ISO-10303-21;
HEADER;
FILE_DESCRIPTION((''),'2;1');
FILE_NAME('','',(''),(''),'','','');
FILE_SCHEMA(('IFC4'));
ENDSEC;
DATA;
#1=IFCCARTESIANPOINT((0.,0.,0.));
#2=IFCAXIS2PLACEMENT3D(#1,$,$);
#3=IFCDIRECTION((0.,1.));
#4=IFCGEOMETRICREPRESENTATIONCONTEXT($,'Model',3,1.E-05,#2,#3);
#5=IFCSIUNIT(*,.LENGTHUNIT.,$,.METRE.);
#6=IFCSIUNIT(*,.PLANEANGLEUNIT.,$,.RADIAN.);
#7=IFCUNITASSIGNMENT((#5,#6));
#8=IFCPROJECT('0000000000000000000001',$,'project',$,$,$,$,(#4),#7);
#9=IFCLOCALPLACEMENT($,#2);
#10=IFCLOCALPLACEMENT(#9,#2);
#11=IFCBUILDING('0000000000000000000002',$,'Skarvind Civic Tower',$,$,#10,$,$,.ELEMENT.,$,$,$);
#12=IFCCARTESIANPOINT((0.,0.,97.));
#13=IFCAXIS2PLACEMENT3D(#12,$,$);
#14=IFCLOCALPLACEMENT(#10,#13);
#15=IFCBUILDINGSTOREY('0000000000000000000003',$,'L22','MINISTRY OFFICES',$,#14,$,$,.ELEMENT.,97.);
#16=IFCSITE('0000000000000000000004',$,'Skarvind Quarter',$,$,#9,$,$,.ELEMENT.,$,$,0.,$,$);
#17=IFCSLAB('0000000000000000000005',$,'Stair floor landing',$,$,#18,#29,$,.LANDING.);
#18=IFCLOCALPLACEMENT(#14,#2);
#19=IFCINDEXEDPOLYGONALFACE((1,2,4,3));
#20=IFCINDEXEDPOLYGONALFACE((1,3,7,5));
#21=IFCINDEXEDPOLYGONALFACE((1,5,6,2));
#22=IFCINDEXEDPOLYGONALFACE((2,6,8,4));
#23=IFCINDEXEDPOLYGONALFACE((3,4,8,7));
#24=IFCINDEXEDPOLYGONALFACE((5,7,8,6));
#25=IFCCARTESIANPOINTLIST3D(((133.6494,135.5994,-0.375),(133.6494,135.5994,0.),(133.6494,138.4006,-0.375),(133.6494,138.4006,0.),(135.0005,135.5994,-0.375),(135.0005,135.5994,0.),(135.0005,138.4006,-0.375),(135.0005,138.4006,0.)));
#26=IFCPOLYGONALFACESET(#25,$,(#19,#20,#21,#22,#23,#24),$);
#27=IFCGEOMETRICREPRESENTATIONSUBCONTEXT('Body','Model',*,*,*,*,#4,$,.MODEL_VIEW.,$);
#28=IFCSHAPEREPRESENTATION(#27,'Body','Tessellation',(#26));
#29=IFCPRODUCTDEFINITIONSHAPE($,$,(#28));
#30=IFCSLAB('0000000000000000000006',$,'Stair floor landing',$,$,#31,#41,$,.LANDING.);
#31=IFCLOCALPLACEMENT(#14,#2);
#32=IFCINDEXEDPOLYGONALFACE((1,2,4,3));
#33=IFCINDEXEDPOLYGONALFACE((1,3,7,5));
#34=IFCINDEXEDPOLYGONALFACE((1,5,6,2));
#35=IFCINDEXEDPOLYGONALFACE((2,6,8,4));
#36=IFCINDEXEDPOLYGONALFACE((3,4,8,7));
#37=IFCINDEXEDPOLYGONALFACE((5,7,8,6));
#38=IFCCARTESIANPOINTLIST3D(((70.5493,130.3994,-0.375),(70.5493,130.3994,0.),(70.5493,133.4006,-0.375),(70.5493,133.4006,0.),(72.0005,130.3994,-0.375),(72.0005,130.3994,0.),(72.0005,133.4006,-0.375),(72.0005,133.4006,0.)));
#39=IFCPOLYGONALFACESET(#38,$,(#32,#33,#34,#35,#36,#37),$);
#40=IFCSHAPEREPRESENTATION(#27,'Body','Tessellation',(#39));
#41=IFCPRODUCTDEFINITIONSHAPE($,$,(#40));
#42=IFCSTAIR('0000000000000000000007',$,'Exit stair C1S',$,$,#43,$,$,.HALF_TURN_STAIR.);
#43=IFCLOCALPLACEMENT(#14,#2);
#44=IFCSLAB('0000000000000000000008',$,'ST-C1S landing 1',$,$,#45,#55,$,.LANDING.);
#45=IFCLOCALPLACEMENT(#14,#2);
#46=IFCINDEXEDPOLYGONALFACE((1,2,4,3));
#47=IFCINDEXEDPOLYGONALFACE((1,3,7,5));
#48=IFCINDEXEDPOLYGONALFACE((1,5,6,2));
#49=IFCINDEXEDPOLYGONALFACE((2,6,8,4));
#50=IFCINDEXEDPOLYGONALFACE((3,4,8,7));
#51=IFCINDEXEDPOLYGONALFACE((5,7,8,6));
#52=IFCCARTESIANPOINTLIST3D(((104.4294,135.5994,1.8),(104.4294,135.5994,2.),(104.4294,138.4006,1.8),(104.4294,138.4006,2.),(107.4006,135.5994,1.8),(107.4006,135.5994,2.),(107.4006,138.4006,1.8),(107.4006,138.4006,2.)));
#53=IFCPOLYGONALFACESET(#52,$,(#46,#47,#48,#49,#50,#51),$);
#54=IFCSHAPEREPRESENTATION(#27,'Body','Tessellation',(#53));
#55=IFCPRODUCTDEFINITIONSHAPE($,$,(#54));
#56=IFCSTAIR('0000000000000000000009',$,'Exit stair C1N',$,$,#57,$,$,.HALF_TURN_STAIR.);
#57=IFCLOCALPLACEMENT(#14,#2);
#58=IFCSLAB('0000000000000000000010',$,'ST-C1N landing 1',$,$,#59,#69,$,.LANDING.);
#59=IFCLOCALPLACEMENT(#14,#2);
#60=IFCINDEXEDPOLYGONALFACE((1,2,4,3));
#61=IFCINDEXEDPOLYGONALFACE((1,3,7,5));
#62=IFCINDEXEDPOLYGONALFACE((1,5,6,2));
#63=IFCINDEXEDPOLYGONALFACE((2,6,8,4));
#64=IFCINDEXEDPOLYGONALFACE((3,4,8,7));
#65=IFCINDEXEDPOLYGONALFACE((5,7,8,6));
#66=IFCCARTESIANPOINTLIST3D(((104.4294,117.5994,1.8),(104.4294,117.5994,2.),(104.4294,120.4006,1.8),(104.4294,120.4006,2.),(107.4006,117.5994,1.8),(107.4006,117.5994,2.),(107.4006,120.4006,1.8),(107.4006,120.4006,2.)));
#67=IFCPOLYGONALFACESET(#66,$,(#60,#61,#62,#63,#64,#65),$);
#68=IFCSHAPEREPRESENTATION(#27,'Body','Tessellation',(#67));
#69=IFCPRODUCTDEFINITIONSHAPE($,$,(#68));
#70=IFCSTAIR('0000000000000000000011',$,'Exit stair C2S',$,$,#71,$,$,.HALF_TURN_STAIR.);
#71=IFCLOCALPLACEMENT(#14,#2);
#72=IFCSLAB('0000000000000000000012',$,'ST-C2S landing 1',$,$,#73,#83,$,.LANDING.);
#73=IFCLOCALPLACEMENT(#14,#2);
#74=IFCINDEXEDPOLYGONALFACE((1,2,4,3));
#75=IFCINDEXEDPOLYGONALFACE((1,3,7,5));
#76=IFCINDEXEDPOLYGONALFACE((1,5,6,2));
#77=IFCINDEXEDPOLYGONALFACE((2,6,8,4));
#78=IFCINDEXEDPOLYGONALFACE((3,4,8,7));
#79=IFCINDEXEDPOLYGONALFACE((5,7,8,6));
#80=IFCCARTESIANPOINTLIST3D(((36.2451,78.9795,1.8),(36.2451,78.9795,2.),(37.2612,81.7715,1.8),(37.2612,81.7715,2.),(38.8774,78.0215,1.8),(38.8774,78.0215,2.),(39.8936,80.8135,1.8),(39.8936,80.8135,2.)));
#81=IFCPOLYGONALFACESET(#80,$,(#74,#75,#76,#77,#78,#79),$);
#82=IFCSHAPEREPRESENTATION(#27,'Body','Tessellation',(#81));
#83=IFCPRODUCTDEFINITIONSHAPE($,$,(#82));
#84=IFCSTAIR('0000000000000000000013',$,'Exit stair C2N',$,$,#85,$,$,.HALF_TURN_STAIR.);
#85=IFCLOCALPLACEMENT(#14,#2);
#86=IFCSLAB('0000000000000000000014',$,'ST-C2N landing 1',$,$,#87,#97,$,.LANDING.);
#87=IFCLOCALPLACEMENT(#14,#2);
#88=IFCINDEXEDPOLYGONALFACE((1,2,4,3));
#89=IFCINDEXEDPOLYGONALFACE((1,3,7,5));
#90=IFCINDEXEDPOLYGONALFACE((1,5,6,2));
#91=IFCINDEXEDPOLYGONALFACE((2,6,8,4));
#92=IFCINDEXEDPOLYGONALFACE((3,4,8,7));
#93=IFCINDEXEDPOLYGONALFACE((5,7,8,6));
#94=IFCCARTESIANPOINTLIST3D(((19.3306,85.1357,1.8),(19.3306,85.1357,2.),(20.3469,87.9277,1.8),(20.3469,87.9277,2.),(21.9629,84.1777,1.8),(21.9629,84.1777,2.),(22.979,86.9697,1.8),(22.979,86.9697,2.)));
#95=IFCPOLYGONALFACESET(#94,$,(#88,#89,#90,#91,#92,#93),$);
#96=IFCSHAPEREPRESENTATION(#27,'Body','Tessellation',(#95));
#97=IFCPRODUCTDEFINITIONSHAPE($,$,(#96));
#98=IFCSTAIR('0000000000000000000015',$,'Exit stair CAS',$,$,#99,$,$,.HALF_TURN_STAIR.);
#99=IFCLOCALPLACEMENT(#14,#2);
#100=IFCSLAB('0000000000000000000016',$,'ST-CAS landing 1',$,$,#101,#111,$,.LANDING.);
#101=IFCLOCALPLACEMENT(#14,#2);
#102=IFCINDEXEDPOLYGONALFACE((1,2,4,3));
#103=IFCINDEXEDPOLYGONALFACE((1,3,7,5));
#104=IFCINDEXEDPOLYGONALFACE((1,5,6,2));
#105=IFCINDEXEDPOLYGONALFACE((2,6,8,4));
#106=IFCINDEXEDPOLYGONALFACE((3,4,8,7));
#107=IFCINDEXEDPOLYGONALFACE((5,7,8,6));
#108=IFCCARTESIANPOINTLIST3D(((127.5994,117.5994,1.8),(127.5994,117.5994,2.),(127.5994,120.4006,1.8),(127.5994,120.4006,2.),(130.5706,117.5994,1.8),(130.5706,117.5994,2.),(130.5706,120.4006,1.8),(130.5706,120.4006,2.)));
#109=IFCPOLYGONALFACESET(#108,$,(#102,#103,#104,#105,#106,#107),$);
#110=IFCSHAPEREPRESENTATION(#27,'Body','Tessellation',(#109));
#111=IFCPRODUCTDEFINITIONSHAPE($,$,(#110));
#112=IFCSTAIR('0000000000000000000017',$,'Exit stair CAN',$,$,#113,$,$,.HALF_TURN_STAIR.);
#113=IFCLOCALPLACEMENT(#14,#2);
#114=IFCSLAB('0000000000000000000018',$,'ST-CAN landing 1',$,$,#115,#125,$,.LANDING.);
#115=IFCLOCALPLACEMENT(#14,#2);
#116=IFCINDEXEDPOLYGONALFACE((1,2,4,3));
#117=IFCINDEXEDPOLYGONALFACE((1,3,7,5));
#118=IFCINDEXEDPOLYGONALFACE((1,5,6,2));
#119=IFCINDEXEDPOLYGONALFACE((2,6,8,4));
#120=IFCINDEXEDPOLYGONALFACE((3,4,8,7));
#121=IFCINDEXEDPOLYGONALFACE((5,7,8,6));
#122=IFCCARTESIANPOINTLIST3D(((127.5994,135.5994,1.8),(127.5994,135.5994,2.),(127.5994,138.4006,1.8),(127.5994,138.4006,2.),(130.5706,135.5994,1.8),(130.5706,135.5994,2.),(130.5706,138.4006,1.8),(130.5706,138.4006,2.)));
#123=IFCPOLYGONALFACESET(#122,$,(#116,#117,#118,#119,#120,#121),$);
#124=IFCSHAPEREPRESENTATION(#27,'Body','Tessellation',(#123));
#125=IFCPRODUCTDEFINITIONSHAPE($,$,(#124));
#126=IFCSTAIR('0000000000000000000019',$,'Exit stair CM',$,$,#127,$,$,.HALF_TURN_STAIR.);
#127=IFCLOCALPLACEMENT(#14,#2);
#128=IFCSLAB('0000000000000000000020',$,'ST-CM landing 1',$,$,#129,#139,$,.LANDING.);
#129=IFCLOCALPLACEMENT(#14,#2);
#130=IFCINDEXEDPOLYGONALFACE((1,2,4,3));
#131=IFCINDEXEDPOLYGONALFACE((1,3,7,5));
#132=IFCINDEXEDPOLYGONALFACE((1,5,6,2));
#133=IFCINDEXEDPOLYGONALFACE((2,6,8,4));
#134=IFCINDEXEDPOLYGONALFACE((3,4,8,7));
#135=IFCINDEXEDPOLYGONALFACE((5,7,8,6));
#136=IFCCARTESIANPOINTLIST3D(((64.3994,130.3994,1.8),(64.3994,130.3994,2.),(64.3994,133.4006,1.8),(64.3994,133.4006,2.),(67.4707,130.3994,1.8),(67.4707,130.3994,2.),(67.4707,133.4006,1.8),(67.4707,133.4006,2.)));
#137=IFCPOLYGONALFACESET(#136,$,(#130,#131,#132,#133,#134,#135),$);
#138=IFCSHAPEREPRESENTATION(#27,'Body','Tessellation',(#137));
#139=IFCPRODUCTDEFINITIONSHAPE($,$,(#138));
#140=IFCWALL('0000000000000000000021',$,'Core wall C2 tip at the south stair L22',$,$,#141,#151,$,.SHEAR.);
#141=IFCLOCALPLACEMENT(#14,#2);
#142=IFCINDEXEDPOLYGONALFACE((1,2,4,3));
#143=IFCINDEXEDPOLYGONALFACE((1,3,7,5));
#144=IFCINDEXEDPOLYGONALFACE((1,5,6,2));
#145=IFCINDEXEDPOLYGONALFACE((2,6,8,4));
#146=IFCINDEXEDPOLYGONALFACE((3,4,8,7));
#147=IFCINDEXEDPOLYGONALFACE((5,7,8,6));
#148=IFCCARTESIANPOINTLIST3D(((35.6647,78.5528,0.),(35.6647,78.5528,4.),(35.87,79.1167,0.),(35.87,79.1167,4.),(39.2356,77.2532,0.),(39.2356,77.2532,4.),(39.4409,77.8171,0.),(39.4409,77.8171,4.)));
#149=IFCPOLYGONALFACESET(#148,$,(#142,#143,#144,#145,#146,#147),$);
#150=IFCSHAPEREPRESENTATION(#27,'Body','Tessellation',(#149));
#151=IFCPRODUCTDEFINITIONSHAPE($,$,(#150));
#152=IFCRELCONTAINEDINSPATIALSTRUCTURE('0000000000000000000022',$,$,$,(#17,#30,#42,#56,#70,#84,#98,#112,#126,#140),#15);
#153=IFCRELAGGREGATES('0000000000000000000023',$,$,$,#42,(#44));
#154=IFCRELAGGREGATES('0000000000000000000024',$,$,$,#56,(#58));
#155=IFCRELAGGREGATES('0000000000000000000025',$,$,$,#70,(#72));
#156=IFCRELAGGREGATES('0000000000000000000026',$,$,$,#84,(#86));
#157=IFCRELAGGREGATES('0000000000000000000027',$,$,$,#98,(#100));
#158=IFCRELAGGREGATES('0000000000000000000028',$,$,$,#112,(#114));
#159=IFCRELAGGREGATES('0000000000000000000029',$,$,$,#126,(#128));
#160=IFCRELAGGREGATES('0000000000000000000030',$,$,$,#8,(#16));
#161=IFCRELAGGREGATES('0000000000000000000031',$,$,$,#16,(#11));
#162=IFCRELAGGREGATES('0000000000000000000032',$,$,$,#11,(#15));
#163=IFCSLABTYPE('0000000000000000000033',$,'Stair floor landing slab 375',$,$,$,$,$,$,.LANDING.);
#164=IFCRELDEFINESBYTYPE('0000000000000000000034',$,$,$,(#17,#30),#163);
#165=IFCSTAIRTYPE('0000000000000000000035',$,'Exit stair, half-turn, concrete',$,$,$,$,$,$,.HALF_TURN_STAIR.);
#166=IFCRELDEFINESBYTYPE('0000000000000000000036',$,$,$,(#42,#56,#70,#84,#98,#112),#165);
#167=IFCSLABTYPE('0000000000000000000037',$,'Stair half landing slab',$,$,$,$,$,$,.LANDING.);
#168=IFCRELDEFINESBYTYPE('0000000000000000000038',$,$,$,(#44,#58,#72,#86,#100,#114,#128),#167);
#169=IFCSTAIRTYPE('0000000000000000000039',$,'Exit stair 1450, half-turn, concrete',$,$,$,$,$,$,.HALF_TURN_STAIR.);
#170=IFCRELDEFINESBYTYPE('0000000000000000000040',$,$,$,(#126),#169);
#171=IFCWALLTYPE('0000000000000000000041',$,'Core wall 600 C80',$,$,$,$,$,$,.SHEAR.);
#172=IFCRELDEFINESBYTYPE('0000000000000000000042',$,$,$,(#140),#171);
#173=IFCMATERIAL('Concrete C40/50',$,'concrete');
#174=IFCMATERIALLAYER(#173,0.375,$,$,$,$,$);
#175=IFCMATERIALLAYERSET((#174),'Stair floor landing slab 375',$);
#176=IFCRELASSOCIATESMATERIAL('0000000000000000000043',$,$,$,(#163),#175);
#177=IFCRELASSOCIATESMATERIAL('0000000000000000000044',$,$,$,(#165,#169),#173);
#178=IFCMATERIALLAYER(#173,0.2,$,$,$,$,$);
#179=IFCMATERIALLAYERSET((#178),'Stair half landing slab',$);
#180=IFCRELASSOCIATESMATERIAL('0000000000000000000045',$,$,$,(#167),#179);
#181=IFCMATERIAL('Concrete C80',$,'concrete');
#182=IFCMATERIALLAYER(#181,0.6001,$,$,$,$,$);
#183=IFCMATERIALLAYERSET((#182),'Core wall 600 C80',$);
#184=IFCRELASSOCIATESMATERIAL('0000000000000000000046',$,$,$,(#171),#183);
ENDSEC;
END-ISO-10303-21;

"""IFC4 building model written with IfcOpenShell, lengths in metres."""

from ifc_helpers import new_model, si_unit, direction, frame, frame_2d, origin, place, context, subcontext, project, spatial, polyline, rectangle, outline, extrude, material, layer, layer_set, type_object, element, aggregate, save


model = new_model("IFC4")

# Units and contexts
model_context = context("Model", 3, precision=1e-05, world=origin(), true_north=direction((0.0, 1.0)))
body_context = subcontext(model_context, "Body", "Model", "MODEL_VIEW")
ifc_project = project(units=[si_unit("LENGTHUNIT", "METRE"), si_unit("PLANEANGLEUNIT", "RADIAN")], contexts=[model_context])

# Site, building, storey
site_placement = place(None, origin())
site = spatial("IfcSite", under=ifc_project, at=site_placement, Name="Skarvind Quarter", CompositionType="ELEMENT", RefElevation=0.0)
building_placement = place(site_placement, origin())
building = spatial("IfcBuilding", under=site, at=building_placement, Name="Skarvind Civic Tower", CompositionType="ELEMENT")
storey_placement = place(building_placement, frame((0.0, 0.0, 97.0)))
storey = spatial("IfcBuildingStorey", under=building, at=storey_placement, Name="L22", Description="MINISTRY OFFICES", CompositionType="ELEMENT", Elevation=97.0)

# Slabs
ifc_material_1 = material(Name="Concrete C40/50", Category="concrete")
ifc_layer_1 = layer(ifc_material_1, 0.375)
ifc_layer_set_1 = layer_set([ifc_layer_1], Name="Stair floor landing slab 375")
slab_type_1 = type_object("IfcSlabType", Name="Stair floor landing slab 375", PredefinedType="LANDING", material=ifc_layer_set_1)
slab_1_placement = place(storey_placement, frame((0.0, 0.0, -0.375)))
element("IfcSlab", 1, at=slab_1_placement, inside=storey, type_object=slab_type_1, Name="Stair floor landing", PredefinedType="LANDING", context=body_context, shape_type="SweptSolid", body=[
    extrude(outline(polyline([(133.6494, 135.5994), (133.6494, 138.4006), (135.0005, 138.4006), (135.0005, 135.5994), (133.6494, 135.5994)])), origin(), (0.0, 0.0, 1.0), 0.375),
])
slab_2_placement = place(storey_placement, frame((0.0, 0.0, -0.375)))
element("IfcSlab", 2, at=slab_2_placement, inside=storey, type_object=slab_type_1, Name="Stair floor landing", PredefinedType="LANDING", context=body_context, shape_type="SweptSolid", body=[
    extrude(outline(polyline([(70.5493, 130.3994), (70.5493, 133.4006), (72.0005, 133.4006), (72.0005, 130.3994), (70.5493, 130.3994)])), origin(), (0.0, 0.0, 1.0), 0.375),
])

# Stairs, slabs
stair_type_1 = type_object("IfcStairType", Name="Exit stair, half-turn, concrete", PredefinedType="HALF_TURN_STAIR", material=ifc_material_1)
stair_1_placement = place(storey_placement, origin())
stair_1 = element("IfcStair", 3, at=stair_1_placement, inside=storey, type_object=stair_type_1, Name="Exit stair C1S", PredefinedType="HALF_TURN_STAIR")
ifc_layer_2 = layer(ifc_material_1, 0.2)
ifc_layer_set_2 = layer_set([ifc_layer_2], Name="Stair half landing slab")
slab_type_2 = type_object("IfcSlabType", Name="Stair half landing slab", PredefinedType="LANDING", material=ifc_layer_set_2)
slab_3_placement = place(storey_placement, frame((0.0, 0.0, 1.8)))
slab_3 = element("IfcSlab", 4, at=slab_3_placement, type_object=slab_type_2, Name="ST-C1S landing 1", PredefinedType="LANDING", context=body_context, shape_type="SweptSolid", body=[
    extrude(outline(polyline([(104.4294, 135.5994), (104.4294, 138.4006), (107.4006, 138.4006), (107.4006, 135.5994), (104.4294, 135.5994)])), origin(), (0.0, 0.0, 1.0), 0.2),
])
aggregate(stair_1, [slab_3])
stair_2_placement = place(storey_placement, origin())
stair_2 = element("IfcStair", 5, at=stair_2_placement, inside=storey, type_object=stair_type_1, Name="Exit stair C1N", PredefinedType="HALF_TURN_STAIR")
slab_4_placement = place(storey_placement, frame((0.0, 0.0, 1.8)))
slab_4 = element("IfcSlab", 6, at=slab_4_placement, type_object=slab_type_2, Name="ST-C1N landing 1", PredefinedType="LANDING", context=body_context, shape_type="SweptSolid", body=[
    extrude(outline(polyline([(104.4294, 117.5994), (104.4294, 120.4006), (107.4006, 120.4006), (107.4006, 117.5994), (104.4294, 117.5994)])), origin(), (0.0, 0.0, 1.0), 0.2),
])
aggregate(stair_2, [slab_4])
stair_3_placement = place(storey_placement, origin())
stair_3 = element("IfcStair", 7, at=stair_3_placement, inside=storey, type_object=stair_type_1, Name="Exit stair C2S", PredefinedType="HALF_TURN_STAIR")
slab_5_placement = place(storey_placement, frame((0.0, 0.0, 1.8)))
slab_5 = element("IfcSlab", 8, at=slab_5_placement, type_object=slab_type_2, Name="ST-C2S landing 1", PredefinedType="LANDING", context=body_context, shape_type="SweptSolid", body=[
    extrude(outline(polyline([(37.2612, 81.7715), (39.8936, 80.8135), (38.8774, 78.0215), (36.2451, 78.9795), (37.2612, 81.7715)])), origin(), (0.0, 0.0, 1.0), 0.2),
])
aggregate(stair_3, [slab_5])
stair_4_placement = place(storey_placement, origin())
stair_4 = element("IfcStair", 9, at=stair_4_placement, inside=storey, type_object=stair_type_1, Name="Exit stair C2N", PredefinedType="HALF_TURN_STAIR")
slab_6_placement = place(storey_placement, frame((0.0, 0.0, 1.8)))
slab_6 = element("IfcSlab", 10, at=slab_6_placement, type_object=slab_type_2, Name="ST-C2N landing 1", PredefinedType="LANDING", context=body_context, shape_type="SweptSolid", body=[
    extrude(outline(polyline([(20.3469, 87.9277), (22.979, 86.9697), (21.9629, 84.1777), (19.3306, 85.1357), (20.3469, 87.9277)])), origin(), (0.0, 0.0, 1.0), 0.2),
])
aggregate(stair_4, [slab_6])
stair_5_placement = place(storey_placement, origin())
stair_5 = element("IfcStair", 11, at=stair_5_placement, inside=storey, type_object=stair_type_1, Name="Exit stair CAS", PredefinedType="HALF_TURN_STAIR")
slab_7_placement = place(storey_placement, frame((0.0, 0.0, 1.8)))
slab_7 = element("IfcSlab", 12, at=slab_7_placement, type_object=slab_type_2, Name="ST-CAS landing 1", PredefinedType="LANDING", context=body_context, shape_type="SweptSolid", body=[
    extrude(outline(polyline([(130.5706, 120.4006), (130.5706, 117.5994), (127.5994, 117.5994), (127.5994, 120.4006), (130.5706, 120.4006)])), origin(), (0.0, 0.0, 1.0), 0.2),
])
aggregate(stair_5, [slab_7])
stair_6_placement = place(storey_placement, origin())
stair_6 = element("IfcStair", 13, at=stair_6_placement, inside=storey, type_object=stair_type_1, Name="Exit stair CAN", PredefinedType="HALF_TURN_STAIR")
slab_8_placement = place(storey_placement, frame((0.0, 0.0, 1.8)))
slab_8 = element("IfcSlab", 14, at=slab_8_placement, type_object=slab_type_2, Name="ST-CAN landing 1", PredefinedType="LANDING", context=body_context, shape_type="SweptSolid", body=[
    extrude(outline(polyline([(130.5706, 138.4006), (130.5706, 135.5994), (127.5994, 135.5994), (127.5994, 138.4006), (130.5706, 138.4006)])), origin(), (0.0, 0.0, 1.0), 0.2),
])
aggregate(stair_6, [slab_8])
stair_type_2 = type_object("IfcStairType", Name="Exit stair 1450, half-turn, concrete", PredefinedType="HALF_TURN_STAIR", material=ifc_material_1)
stair_7_placement = place(storey_placement, origin())
stair_7 = element("IfcStair", 15, at=stair_7_placement, inside=storey, type_object=stair_type_2, Name="Exit stair CM", PredefinedType="HALF_TURN_STAIR")
slab_9_placement = place(storey_placement, frame((0.0, 0.0, 1.8)))
slab_9 = element("IfcSlab", 16, at=slab_9_placement, type_object=slab_type_2, Name="ST-CM landing 1", PredefinedType="LANDING", context=body_context, shape_type="SweptSolid", body=[
    extrude(outline(polyline([(67.4707, 133.4006), (67.4707, 130.3994), (64.3994, 130.3994), (64.3994, 133.4006), (67.4707, 133.4006)])), origin(), (0.0, 0.0, 1.0), 0.2),
])
aggregate(stair_7, [slab_9])

# Wall
ifc_material_2 = material(Name="Concrete C80", Category="concrete")
ifc_layer_3 = layer(ifc_material_2, 0.6001)
ifc_layer_set_3 = layer_set([ifc_layer_3], Name="Core wall 600 C80")
wall_type = type_object("IfcWallType", Name="Core wall 600 C80", PredefinedType="SHEAR", material=ifc_layer_set_3)
wall_placement = place(storey_placement, frame((39.3381, 77.5352, 0.0), z_axis=(0.0, 0.0, 1.0), x_axis=(-0.939701, 0.341996, 0.0)))
element("IfcWall", 17, at=wall_placement, inside=storey, type_object=wall_type, Name="Core wall C2 tip at the south stair L22", PredefinedType="SHEAR", context=body_context, shape_type="SweptSolid", body=[
    extrude(rectangle(XDim=3.8, YDim=0.6001, at=frame_2d((1.8999, 0.0))), origin(), (0.0, 0.0, 1.0), 4.0),
])

save(model, "model.ifc")
